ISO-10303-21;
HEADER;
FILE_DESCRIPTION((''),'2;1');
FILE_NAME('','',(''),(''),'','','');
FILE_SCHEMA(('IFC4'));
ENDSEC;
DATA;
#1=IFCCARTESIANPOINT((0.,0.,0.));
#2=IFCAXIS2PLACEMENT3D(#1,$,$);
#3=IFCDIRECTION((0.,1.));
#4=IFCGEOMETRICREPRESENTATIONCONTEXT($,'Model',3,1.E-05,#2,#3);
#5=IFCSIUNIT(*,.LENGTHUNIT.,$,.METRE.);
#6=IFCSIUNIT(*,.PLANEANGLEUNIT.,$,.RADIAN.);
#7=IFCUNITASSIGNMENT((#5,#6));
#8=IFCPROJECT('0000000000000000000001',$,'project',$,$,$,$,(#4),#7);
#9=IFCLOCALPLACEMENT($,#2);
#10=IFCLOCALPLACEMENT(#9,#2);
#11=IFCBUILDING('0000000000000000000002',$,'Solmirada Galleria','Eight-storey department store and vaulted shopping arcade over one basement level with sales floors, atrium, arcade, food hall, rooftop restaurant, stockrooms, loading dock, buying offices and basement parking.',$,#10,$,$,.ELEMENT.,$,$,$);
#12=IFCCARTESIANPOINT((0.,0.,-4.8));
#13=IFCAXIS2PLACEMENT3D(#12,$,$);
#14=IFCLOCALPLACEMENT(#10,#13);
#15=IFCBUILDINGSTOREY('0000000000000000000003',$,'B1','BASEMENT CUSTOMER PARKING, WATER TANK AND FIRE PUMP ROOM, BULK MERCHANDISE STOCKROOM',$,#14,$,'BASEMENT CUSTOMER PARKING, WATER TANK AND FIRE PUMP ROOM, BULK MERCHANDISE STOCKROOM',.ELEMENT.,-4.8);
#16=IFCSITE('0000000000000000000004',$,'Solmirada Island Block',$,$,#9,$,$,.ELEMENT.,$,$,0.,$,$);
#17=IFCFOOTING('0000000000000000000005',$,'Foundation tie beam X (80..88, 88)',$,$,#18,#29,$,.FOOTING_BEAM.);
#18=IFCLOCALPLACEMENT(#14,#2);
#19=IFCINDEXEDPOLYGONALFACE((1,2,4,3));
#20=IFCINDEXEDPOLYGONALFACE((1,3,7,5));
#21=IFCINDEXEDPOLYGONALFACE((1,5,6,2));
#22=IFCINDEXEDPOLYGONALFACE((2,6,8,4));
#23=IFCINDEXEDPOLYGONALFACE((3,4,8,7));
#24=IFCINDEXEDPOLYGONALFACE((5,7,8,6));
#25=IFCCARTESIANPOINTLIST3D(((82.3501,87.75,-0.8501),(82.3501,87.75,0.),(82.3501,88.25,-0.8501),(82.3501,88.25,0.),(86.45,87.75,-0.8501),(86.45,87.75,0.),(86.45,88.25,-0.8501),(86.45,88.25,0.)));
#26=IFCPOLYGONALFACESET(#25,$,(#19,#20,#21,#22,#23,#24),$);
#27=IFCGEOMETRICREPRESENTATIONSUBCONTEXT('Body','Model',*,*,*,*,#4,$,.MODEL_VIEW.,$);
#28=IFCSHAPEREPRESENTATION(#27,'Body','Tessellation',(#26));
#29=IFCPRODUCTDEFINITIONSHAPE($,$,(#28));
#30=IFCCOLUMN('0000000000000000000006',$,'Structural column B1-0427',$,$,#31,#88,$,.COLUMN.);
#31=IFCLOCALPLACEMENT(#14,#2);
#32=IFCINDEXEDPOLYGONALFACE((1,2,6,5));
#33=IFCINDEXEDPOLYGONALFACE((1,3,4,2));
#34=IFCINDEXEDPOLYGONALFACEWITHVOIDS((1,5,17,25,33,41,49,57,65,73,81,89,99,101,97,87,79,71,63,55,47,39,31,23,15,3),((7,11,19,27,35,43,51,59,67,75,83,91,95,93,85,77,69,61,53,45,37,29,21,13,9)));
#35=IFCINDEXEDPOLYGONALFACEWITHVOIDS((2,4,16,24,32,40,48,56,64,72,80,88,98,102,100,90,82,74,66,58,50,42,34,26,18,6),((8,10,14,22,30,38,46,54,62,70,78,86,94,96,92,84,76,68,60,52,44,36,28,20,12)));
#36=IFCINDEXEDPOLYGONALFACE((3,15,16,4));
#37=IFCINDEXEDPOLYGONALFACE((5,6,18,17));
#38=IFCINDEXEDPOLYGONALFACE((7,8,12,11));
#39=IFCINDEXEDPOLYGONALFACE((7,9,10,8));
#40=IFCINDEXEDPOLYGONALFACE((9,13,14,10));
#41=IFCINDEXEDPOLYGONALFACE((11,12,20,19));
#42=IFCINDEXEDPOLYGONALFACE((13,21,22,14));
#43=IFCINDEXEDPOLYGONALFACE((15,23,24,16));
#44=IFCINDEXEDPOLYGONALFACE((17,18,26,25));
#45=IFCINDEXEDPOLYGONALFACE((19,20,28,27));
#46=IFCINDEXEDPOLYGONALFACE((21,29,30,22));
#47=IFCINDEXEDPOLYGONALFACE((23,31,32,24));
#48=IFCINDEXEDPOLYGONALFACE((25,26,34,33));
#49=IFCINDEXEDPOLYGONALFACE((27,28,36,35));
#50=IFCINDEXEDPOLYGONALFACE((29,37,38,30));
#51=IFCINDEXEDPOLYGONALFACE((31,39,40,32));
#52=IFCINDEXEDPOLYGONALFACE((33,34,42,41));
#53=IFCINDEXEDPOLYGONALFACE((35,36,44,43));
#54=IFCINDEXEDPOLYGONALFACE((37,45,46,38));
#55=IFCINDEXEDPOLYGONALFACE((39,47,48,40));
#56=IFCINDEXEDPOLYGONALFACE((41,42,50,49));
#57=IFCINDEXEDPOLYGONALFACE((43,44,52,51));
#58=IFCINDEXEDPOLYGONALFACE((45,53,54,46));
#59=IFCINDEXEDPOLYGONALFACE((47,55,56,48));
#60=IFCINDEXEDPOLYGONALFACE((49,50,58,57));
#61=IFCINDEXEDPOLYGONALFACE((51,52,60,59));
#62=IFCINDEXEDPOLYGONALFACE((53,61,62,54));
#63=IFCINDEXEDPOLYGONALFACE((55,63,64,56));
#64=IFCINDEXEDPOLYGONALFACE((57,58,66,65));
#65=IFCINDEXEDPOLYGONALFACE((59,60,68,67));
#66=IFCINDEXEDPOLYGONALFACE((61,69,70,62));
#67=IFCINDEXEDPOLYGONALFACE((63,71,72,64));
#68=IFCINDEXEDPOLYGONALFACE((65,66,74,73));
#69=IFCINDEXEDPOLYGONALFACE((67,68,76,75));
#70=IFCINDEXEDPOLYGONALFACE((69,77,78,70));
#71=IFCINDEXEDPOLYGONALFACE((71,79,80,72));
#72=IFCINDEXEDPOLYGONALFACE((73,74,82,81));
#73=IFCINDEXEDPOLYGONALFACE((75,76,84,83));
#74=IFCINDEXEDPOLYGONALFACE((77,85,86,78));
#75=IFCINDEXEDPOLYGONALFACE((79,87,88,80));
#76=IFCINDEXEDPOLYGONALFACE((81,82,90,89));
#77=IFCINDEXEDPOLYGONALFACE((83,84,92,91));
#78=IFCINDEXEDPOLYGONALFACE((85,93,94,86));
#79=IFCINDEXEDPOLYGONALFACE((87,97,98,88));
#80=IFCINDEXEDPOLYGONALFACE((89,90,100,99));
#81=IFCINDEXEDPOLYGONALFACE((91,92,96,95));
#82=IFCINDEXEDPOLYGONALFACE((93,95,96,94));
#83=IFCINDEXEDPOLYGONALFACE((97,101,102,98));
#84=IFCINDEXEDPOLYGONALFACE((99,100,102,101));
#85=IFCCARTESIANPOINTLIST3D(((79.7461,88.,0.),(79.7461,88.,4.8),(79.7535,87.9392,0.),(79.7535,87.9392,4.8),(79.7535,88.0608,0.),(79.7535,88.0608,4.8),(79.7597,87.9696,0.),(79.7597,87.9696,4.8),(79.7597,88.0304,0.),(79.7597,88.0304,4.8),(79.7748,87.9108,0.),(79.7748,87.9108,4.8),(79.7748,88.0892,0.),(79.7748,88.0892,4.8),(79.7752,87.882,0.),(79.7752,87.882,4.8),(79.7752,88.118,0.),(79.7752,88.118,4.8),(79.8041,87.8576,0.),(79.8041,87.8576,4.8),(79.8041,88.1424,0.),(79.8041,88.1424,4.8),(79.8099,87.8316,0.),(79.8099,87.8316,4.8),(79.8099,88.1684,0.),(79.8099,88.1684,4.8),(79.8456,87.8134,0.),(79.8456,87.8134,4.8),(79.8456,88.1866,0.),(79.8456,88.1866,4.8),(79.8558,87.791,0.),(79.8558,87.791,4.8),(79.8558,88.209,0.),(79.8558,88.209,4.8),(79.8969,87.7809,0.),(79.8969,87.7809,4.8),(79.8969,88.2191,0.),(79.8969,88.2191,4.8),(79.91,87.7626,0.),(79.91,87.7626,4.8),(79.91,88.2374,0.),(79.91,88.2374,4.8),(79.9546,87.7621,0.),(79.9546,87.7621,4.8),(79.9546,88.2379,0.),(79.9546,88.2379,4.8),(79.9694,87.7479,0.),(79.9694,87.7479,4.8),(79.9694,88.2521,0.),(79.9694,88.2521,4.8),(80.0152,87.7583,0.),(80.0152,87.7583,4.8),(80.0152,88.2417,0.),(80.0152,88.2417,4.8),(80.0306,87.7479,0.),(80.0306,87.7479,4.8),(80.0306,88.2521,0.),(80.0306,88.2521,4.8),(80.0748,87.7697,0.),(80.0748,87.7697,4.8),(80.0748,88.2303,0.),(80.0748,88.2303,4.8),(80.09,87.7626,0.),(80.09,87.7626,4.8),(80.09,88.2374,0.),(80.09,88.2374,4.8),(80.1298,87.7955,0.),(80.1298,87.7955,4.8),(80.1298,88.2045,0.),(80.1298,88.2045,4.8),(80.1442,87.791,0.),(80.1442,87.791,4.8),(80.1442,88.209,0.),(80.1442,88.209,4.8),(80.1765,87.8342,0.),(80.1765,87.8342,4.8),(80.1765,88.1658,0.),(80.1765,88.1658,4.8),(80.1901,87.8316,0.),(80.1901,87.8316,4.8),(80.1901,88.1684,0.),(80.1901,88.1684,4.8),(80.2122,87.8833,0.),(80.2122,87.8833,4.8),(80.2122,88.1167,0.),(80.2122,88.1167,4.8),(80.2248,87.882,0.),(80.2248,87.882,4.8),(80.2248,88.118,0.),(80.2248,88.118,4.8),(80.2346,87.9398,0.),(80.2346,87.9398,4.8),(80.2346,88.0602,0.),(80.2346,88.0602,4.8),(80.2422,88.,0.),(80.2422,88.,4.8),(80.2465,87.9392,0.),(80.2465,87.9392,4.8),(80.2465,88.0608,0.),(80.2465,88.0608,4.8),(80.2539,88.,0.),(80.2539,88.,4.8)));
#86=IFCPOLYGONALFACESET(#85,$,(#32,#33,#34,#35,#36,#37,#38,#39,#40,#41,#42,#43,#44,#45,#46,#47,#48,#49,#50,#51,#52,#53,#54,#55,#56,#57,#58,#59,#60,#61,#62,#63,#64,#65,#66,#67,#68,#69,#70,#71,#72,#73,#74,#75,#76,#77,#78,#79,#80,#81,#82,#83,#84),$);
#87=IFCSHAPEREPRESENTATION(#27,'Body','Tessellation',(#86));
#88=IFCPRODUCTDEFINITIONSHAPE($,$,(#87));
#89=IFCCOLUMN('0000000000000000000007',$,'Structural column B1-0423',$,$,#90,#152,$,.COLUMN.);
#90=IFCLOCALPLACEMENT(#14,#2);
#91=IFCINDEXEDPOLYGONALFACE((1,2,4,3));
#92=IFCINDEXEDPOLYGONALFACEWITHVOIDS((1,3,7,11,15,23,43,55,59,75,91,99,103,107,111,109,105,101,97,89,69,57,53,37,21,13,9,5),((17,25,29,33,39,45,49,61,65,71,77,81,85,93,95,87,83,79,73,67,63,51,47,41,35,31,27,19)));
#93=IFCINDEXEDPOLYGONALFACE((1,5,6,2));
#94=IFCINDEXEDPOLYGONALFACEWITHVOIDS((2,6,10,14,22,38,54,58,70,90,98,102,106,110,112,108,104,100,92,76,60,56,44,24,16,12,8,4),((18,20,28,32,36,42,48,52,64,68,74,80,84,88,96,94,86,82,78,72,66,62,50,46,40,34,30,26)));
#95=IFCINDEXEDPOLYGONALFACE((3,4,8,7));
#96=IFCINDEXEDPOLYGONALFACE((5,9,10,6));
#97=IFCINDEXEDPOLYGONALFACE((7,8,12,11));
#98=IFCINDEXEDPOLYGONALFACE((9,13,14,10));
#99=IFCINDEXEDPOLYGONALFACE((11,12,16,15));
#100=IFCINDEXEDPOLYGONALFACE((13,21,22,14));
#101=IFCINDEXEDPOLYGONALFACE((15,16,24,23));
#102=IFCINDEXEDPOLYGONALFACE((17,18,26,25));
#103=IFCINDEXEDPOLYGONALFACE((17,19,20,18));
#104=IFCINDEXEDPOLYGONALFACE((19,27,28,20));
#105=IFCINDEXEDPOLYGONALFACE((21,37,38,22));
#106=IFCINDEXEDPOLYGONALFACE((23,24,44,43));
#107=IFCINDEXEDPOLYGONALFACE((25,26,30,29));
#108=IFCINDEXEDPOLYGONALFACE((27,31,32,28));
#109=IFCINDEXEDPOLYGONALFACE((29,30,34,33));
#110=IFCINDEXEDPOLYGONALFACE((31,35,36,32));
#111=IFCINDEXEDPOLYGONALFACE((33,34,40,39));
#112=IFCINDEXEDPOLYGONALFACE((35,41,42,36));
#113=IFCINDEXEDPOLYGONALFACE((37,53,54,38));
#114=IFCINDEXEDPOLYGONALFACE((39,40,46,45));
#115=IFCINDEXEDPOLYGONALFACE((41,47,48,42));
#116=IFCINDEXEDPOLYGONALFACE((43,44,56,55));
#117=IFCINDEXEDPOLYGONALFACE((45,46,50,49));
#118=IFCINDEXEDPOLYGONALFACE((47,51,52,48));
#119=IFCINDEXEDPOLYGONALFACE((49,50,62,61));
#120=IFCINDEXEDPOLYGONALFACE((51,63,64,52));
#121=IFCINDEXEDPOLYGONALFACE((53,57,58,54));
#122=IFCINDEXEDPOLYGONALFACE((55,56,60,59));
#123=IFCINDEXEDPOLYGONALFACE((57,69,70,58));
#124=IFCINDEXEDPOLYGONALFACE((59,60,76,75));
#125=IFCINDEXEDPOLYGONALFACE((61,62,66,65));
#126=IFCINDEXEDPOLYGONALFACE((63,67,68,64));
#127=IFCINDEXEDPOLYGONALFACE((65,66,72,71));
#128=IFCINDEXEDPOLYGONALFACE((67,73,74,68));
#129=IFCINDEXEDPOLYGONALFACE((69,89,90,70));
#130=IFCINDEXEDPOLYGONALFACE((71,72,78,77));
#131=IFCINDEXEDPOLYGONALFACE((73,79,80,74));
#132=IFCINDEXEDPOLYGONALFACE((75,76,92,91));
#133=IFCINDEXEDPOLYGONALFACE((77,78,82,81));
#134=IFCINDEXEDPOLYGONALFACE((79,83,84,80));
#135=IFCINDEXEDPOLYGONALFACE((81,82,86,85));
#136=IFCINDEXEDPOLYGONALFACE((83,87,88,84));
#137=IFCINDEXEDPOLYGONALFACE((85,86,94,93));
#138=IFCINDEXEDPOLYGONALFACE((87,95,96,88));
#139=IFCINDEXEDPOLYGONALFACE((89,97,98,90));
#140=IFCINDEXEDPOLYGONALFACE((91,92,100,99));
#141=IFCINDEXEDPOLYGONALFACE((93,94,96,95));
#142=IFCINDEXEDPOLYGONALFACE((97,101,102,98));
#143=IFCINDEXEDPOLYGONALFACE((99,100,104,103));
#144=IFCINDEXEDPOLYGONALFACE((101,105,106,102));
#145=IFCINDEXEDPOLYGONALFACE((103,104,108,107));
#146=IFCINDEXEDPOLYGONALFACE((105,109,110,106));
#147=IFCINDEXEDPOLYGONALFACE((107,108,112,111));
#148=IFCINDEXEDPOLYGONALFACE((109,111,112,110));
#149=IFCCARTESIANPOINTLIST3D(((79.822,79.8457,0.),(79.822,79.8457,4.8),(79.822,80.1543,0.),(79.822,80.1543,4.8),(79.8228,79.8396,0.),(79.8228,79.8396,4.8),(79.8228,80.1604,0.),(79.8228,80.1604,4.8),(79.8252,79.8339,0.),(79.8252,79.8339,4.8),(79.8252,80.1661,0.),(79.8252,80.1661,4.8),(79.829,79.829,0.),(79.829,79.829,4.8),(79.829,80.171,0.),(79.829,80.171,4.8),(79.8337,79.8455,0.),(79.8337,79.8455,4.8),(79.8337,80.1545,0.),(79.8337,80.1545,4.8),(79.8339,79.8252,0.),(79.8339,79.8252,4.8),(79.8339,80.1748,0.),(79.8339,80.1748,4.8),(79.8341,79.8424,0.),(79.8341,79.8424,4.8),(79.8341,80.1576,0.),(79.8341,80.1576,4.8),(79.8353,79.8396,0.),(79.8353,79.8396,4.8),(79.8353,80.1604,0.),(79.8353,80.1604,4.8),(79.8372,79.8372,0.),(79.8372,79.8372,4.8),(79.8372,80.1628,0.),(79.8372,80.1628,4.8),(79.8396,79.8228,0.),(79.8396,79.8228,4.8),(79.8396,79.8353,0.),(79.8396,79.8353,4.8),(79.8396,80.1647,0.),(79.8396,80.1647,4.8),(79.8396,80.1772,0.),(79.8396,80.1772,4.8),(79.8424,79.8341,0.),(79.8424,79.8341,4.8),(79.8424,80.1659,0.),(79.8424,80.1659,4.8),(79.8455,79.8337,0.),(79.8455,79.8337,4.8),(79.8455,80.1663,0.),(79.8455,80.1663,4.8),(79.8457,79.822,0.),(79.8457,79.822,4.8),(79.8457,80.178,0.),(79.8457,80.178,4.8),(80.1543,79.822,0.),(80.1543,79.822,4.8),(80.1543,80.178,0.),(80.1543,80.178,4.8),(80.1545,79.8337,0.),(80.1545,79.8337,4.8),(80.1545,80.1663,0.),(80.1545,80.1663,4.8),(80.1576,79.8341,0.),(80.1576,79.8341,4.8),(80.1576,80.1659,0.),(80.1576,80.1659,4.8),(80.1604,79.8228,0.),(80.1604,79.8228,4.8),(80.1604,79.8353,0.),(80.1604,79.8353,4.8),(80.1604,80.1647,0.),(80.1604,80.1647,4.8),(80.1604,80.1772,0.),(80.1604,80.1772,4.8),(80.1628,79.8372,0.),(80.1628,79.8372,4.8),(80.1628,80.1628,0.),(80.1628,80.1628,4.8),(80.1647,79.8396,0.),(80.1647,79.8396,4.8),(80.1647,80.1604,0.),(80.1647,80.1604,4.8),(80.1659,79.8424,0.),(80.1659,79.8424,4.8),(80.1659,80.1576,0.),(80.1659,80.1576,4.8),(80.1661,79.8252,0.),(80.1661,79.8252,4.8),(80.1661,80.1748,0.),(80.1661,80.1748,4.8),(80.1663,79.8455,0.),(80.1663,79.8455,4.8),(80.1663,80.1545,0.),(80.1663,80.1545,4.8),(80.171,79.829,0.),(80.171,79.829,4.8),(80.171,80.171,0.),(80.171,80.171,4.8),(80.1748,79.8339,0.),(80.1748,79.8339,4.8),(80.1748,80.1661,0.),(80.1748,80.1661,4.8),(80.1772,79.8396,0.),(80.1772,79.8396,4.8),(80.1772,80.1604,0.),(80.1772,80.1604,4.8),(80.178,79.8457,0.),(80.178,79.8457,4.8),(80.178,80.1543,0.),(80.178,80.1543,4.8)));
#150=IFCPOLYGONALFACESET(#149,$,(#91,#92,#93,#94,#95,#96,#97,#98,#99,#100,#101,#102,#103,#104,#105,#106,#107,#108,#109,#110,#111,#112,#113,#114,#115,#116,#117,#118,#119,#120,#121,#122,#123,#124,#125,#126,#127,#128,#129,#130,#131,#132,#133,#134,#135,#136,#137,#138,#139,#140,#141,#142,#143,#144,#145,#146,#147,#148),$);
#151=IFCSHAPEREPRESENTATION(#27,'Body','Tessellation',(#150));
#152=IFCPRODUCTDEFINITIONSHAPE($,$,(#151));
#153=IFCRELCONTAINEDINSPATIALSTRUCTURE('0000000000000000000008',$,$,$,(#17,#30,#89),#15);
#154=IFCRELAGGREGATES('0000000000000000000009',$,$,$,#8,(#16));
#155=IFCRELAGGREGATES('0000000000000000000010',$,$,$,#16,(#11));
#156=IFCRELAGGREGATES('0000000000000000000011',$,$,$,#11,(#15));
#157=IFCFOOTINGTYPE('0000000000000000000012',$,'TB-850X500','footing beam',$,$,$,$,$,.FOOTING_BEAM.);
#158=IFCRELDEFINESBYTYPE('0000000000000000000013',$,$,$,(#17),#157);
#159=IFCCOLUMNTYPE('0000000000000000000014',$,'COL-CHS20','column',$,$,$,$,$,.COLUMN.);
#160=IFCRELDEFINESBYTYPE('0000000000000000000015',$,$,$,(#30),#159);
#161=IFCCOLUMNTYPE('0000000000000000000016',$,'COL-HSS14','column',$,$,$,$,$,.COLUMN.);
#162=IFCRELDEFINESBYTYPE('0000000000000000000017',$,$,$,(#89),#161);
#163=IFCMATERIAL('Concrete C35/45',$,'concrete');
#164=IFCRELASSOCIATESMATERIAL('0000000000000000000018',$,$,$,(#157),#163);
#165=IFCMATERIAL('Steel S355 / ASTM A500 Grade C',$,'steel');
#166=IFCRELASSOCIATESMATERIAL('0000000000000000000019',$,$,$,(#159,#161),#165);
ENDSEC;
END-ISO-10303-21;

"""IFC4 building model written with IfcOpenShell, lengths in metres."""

from ifc_helpers import new_model, si_unit, direction, frame, origin, origin_2d, place, context, subcontext, project, spatial, rectangle, hollow_rectangle, hollow_circle, extrude, material, material_profile, profile_set, type_object, element, save


model = new_model("IFC4")

# Units and contexts
model_context = context("Model", 3, precision=1e-05, world=origin(), true_north=direction((0.0, 1.0)))
body_context = subcontext(model_context, "Body", "Model", "MODEL_VIEW")
ifc_project = project(units=[si_unit("LENGTHUNIT", "METRE"), si_unit("PLANEANGLEUNIT", "RADIAN")], contexts=[model_context])

# Site, building, storey
site_placement = place(None, origin())
site = spatial("IfcSite", under=ifc_project, at=site_placement, Name="Solmirada Island Block", CompositionType="ELEMENT", RefElevation=0.0)
building_placement = place(site_placement, origin())
building = spatial("IfcBuilding", under=site, at=building_placement, Name="Solmirada Galleria", Description="Eight-storey department store and vaulted shopping arcade over one basement level with sales floors, atrium, arcade, food hall, rooftop restaurant, stockrooms, loading dock, buying offices and basement parking.", CompositionType="ELEMENT")
storey_placement = place(building_placement, frame((0.0, 0.0, -4.8)))
storey = spatial("IfcBuildingStorey", under=building, at=storey_placement, Name="B1", Description="BASEMENT CUSTOMER PARKING, WATER TANK AND FIRE PUMP ROOM, BULK MERCHANDISE STOCKROOM", LongName="BASEMENT CUSTOMER PARKING, WATER TANK AND FIRE PUMP ROOM, BULK MERCHANDISE STOCKROOM", CompositionType="ELEMENT", Elevation=-4.8)

# Shared definitions
ifc_material_1 = material(Name="Concrete C35/45", Category="concrete")

# Footing
ifc_material_profile_1 = material_profile(ifc_material_1, rectangle(XDim=0.5, YDim=0.8501, at=origin_2d()), Name="RC850X500")
ifc_profile_set_1 = profile_set([ifc_material_profile_1], Name="Concrete C35/45")
footing_type_1 = type_object("IfcFootingType", Name="TB-850X500", Description="footing beam", PredefinedType="FOOTING_BEAM", material=ifc_profile_set_1)
footing_1_placement = place(storey_placement, frame((82.3501, 88.0, -0.425), z_axis=(1.0, 0.0, 0.0), x_axis=(0.0, 1.0, 0.0)))
element("IfcFooting", 1, at=footing_1_placement, inside=storey, type_object=footing_type_1, Name="Foundation tie beam X (80..88, 88)", PredefinedType="FOOTING_BEAM", context=body_context, shape_type="SweptSolid", body=[
    extrude(rectangle(XDim=0.5, YDim=0.8501, at=origin_2d()), origin(), (0.0, 0.0, 1.0), 4.0999),
])

# Columns
ifc_material_2 = material(Name="Steel S355 / ASTM A500 Grade C", Category="steel")
ifc_material_profile_2 = material_profile(ifc_material_2, hollow_circle(Radius=0.2539, WallThickness=0.0117, at=origin_2d()), Name="HSS20.000X0.500")
ifc_profile_set_2 = profile_set([ifc_material_profile_2], Name="Steel S355 / ASTM A500 Grade C")
column_type_1 = type_object("IfcColumnType", Name="COL-CHS20", Description="column", PredefinedType="COLUMN", material=ifc_profile_set_2)
column_1_placement = place(storey_placement, frame((80.0, 88.0, 0.0), z_axis=(0.0, 0.0, 1.0), x_axis=(1.0, 0.0, 0.0)))
element("IfcColumn", 2, at=column_1_placement, inside=storey, type_object=column_type_1, Name="Structural column B1-0427", PredefinedType="COLUMN", context=body_context, shape_type="SweptSolid", body=[
    extrude(hollow_circle(Radius=0.2539, WallThickness=0.0117, at=origin_2d()), origin(), (0.0, 0.0, 1.0), 4.8),
])
ifc_material_profile_3 = material_profile(ifc_material_2, hollow_rectangle(XDim=0.356, YDim=0.356, WallThickness=0.0117, InnerFilletRadius=0.0117, OuterFilletRadius=0.0237, at=origin_2d()), Name="HSS14X14X1/2")
ifc_profile_set_3 = profile_set([ifc_material_profile_3], Name="Steel S355 / ASTM A500 Grade C")
column_type_2 = type_object("IfcColumnType", Name="COL-HSS14", Description="column", PredefinedType="COLUMN", material=ifc_profile_set_3)
column_2_placement = place(storey_placement, frame((80.0, 80.0, 0.0), z_axis=(0.0, 0.0, 1.0), x_axis=(1.0, 0.0, 0.0)))
element("IfcColumn", 3, at=column_2_placement, inside=storey, type_object=column_type_2, Name="Structural column B1-0423", PredefinedType="COLUMN", context=body_context, shape_type="SweptSolid", body=[
    extrude(hollow_rectangle(XDim=0.356, YDim=0.356, WallThickness=0.0117, InnerFilletRadius=0.0117, OuterFilletRadius=0.0237, at=origin_2d()), origin(), (0.0, 0.0, 1.0), 4.8),
])

save(model, "model.ifc")
